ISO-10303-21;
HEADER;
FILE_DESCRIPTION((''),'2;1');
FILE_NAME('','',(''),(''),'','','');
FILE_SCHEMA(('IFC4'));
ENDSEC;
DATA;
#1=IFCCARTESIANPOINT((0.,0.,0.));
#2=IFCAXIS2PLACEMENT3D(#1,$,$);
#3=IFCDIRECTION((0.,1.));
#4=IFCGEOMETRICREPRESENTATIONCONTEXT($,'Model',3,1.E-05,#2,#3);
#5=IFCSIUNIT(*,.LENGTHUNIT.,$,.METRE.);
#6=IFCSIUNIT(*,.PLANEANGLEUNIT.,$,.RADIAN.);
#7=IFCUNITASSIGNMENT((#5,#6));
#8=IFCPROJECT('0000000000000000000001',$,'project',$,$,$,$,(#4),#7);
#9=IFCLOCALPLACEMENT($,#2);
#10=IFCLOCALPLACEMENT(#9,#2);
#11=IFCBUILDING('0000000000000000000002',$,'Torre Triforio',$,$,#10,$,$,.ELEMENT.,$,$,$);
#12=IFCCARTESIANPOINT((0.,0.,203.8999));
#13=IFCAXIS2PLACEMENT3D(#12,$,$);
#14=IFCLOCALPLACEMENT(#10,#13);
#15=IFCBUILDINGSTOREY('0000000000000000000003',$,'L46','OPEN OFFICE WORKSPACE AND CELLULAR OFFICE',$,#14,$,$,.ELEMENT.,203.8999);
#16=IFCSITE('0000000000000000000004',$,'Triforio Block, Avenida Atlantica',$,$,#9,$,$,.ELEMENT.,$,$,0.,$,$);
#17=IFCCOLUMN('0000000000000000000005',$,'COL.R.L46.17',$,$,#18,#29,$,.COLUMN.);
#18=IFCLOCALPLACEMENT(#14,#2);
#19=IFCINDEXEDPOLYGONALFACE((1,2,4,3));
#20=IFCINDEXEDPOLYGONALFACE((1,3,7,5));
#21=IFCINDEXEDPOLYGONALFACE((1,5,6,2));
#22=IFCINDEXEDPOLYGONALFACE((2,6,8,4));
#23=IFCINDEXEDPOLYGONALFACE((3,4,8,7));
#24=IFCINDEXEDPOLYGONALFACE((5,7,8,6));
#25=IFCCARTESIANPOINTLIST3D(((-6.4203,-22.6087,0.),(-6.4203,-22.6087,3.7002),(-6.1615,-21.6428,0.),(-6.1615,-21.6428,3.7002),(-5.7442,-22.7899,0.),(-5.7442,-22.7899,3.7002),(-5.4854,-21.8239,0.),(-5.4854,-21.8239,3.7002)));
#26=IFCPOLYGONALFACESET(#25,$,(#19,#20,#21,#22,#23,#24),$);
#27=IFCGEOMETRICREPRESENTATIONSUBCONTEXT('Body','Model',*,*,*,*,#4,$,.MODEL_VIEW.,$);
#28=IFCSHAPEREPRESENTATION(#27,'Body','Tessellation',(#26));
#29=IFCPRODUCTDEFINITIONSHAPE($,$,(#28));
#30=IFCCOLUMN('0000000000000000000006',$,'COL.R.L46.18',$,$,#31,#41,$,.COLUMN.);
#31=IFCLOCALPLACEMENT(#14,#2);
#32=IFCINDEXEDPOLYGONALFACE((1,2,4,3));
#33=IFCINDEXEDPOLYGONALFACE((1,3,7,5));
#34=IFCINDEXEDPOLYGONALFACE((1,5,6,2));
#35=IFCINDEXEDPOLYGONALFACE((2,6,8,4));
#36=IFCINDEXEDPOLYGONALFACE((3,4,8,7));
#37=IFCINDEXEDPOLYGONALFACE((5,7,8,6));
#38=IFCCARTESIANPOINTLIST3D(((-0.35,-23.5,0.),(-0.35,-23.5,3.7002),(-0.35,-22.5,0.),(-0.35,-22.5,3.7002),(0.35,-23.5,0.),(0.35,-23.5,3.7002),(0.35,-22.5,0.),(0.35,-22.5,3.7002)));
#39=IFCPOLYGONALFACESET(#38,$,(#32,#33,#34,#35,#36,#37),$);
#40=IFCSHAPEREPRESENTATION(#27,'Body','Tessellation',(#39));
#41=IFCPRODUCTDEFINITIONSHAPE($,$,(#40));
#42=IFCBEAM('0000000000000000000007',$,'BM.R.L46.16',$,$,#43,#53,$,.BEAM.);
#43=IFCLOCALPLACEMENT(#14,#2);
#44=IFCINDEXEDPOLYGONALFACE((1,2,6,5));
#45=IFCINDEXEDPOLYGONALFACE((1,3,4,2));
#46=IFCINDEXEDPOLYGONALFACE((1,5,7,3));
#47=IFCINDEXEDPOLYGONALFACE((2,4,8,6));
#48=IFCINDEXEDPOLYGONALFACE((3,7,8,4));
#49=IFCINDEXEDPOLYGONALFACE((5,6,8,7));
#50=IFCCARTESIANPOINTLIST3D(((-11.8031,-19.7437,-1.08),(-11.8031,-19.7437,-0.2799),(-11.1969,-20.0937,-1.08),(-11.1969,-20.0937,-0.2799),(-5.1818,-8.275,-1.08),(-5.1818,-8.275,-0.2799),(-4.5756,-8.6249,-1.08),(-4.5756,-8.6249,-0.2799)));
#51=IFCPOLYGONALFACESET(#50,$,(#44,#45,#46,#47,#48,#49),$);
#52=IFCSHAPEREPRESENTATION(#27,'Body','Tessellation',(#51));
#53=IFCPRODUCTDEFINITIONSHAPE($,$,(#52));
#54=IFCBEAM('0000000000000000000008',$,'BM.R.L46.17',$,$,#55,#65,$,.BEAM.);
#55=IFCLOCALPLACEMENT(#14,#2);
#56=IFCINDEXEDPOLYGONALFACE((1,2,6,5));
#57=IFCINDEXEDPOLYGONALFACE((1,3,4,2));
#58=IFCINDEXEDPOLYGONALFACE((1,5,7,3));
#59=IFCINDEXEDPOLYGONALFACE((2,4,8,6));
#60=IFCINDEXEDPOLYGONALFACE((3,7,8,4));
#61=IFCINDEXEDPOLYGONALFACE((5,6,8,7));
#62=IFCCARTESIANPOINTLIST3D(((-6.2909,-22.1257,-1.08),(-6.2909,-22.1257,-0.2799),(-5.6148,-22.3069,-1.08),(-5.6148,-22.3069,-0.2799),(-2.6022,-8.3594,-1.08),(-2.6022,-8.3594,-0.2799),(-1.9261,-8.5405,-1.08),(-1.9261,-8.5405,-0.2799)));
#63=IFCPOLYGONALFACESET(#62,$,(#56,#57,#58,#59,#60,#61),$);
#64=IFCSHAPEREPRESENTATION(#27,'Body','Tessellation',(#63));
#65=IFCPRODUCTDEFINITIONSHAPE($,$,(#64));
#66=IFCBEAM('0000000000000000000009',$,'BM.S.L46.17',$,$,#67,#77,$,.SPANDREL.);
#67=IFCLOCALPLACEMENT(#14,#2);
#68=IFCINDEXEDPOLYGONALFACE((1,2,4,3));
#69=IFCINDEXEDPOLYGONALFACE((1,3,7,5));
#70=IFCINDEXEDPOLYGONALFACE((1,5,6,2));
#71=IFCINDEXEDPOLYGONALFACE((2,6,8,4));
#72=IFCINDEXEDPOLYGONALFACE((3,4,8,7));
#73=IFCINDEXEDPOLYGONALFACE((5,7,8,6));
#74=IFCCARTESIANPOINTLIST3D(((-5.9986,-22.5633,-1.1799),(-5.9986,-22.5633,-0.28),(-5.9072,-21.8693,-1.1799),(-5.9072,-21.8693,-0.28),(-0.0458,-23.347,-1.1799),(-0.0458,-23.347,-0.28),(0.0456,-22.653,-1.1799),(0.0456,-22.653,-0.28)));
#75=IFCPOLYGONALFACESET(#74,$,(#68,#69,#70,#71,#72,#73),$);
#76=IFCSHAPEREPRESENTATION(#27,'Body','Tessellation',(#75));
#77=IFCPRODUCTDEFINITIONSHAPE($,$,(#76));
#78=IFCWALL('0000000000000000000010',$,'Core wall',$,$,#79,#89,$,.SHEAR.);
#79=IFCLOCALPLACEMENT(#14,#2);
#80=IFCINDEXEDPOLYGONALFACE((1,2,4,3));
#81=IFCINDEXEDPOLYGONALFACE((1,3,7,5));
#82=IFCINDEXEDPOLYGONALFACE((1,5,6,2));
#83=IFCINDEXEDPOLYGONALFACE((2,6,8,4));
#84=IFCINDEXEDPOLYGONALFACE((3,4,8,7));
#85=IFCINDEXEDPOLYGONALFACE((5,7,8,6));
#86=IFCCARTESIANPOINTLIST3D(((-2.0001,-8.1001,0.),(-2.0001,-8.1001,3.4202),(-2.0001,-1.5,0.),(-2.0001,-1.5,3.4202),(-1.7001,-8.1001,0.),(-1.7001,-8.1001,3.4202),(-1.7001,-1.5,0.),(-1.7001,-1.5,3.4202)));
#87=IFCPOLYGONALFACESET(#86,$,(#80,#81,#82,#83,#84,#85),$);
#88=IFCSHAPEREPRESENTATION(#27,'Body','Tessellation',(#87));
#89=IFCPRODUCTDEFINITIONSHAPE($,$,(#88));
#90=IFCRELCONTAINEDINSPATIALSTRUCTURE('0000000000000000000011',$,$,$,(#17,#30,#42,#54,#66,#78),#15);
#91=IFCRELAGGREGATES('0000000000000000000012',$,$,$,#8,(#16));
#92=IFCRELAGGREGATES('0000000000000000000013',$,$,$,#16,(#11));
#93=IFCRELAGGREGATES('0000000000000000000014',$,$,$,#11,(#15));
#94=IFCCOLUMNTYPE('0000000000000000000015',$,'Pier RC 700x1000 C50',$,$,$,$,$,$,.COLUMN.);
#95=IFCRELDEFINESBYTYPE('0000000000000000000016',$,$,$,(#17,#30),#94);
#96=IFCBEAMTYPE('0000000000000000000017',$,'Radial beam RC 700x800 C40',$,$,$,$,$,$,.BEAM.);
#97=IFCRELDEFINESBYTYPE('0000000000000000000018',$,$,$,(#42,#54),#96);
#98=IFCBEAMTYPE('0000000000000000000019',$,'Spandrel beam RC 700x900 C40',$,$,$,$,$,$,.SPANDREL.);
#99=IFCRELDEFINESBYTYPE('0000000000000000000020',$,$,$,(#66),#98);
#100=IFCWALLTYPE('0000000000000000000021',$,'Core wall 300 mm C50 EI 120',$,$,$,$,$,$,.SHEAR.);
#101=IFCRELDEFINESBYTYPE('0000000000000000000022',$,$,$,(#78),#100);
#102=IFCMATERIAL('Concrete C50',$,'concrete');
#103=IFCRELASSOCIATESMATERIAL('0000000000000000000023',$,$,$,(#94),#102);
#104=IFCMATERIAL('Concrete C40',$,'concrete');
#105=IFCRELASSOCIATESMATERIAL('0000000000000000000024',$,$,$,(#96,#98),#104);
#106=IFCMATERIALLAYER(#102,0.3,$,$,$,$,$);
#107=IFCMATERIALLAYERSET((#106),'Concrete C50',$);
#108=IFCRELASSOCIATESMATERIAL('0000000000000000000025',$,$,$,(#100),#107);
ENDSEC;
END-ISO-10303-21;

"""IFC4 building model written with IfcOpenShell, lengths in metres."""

from ifc_helpers import new_model, si_unit, direction, frame, frame_2d, origin, origin_2d, place, context, subcontext, project, spatial, rectangle, extrude, material, layer, layer_set, material_profile, profile_set, type_object, element, save


model = new_model("IFC4")

# Units and contexts
model_context = context("Model", 3, precision=1e-05, world=origin(), true_north=direction((0.0, 1.0)))
body_context = subcontext(model_context, "Body", "Model", "MODEL_VIEW")
ifc_project = project(units=[si_unit("LENGTHUNIT", "METRE"), si_unit("PLANEANGLEUNIT", "RADIAN")], contexts=[model_context])

# Site, building, storey
site_placement = place(None, origin())
site = spatial("IfcSite", under=ifc_project, at=site_placement, Name="Triforio Block, Avenida Atlantica", CompositionType="ELEMENT", RefElevation=0.0)
building_placement = place(site_placement, origin())
building = spatial("IfcBuilding", under=site, at=building_placement, Name="Torre Triforio", CompositionType="ELEMENT")
storey_placement = place(building_placement, frame((0.0, 0.0, 203.8999)))
storey = spatial("IfcBuildingStorey", under=building, at=storey_placement, Name="L46", Description="OPEN OFFICE WORKSPACE AND CELLULAR OFFICE", CompositionType="ELEMENT", Elevation=203.8999)

# Columns
ifc_material_1 = material(Name="Concrete C50", Category="concrete")
ifc_material_profile_1 = material_profile(ifc_material_1, rectangle(XDim=0.7, YDim=1.0, at=origin_2d()), Name="RC 700x1000")
ifc_profile_set_1 = profile_set([ifc_material_profile_1], Name="Concrete C50")
column_type = type_object("IfcColumnType", Name="Pier RC 700x1000 C50", PredefinedType="COLUMN", material=ifc_profile_set_1)
for number, where, z_axis, x_axis, name in (
    (1, (-5.9529, -22.2163, 0.0), (0.0, 0.0, 1.0), (0.965926, -0.258819, 0.0), "COL.R.L46.17"),
    (2, (0.0, -23.0, 0.0), (0.0, 0.0, 1.0), (1.0, 0.0, 0.0), "COL.R.L46.18"),
):
    element("IfcColumn", number, at=place(storey_placement, frame(where, z_axis=z_axis, x_axis=x_axis)), inside=storey, type_object=column_type, Name=name, PredefinedType="COLUMN", context=body_context, shape_type="SweptSolid", body=[
        extrude(rectangle(XDim=0.7, YDim=1.0, at=origin_2d()), origin(), (0.0, 0.0, 1.0), 3.7002),
    ])

# Beams
ifc_material_2 = material(Name="Concrete C40", Category="concrete")
ifc_material_profile_2 = material_profile(ifc_material_2, rectangle(XDim=0.7, YDim=0.8, at=origin_2d()), Name="RC 700x800")
ifc_profile_set_2 = profile_set([ifc_material_profile_2], Name="Concrete C40")
beam_type_1 = type_object("IfcBeamType", Name="Radial beam RC 700x800 C40", PredefinedType="BEAM", material=ifc_profile_set_2)
beam_1_placement = place(storey_placement, frame((-4.8787, -8.45, -0.6799), z_axis=(-0.499992, -0.86603, 0.0), x_axis=(0.86603, -0.499992, 0.0)))
element("IfcBeam", 3, at=beam_1_placement, inside=storey, type_object=beam_type_1, Name="BM.R.L46.16", PredefinedType="BEAM", context=body_context, shape_type="SweptSolid", body=[
    extrude(rectangle(XDim=0.7, YDim=0.8, at=origin_2d()), origin(), (0.0, 0.0, 1.0), 13.2429),
])
beam_2_placement = place(storey_placement, frame((-2.2642, -8.45, -0.6799), z_axis=(-0.258821, -0.965925, 0.0), x_axis=(0.965925, -0.258821, 0.0)))
element("IfcBeam", 4, at=beam_2_placement, inside=storey, type_object=beam_type_1, Name="BM.R.L46.17", PredefinedType="BEAM", context=body_context, shape_type="SweptSolid", body=[
    extrude(rectangle(XDim=0.7, YDim=0.8, at=origin_2d()), origin(), (0.0, 0.0, 1.0), 14.252),
])
ifc_material_profile_3 = material_profile(ifc_material_2, rectangle(XDim=0.7, YDim=0.8999, at=origin_2d()), Name="RC 700x900")
ifc_profile_set_3 = profile_set([ifc_material_profile_3], Name="Concrete C40")
beam_type_2 = type_object("IfcBeamType", Name="Spandrel beam RC 700x900 C40", PredefinedType="SPANDREL", material=ifc_profile_set_3)
beam_3_placement = place(storey_placement, frame((-5.9529, -22.2163, -0.73), z_axis=(0.991445, -0.130523, 0.0), x_axis=(0.130523, 0.991445, 0.0)))
element("IfcBeam", 5, at=beam_3_placement, inside=storey, type_object=beam_type_2, Name="BM.S.L46.17", PredefinedType="SPANDREL", context=body_context, shape_type="SweptSolid", body=[
    extrude(rectangle(XDim=0.7, YDim=0.8999, at=origin_2d()), origin(), (0.0, 0.0, 1.0), 6.0042),
])

# Wall
ifc_layer_1 = layer(ifc_material_1, 0.3)
ifc_layer_set_1 = layer_set([ifc_layer_1], Name="Concrete C50")
wall_type_1 = type_object("IfcWallType", Name="Core wall 300 mm C50 EI 120", PredefinedType="SHEAR", material=ifc_layer_set_1)
wall_1_placement = place(storey_placement, frame((-1.8501, -8.1001, 0.0), z_axis=(0.0, 0.0, 1.0), x_axis=(0.0, 1.0, 0.0)))
element("IfcWall", 6, at=wall_1_placement, inside=storey, type_object=wall_type_1, Name="Core wall", PredefinedType="SHEAR", context=body_context, shape_type="SweptSolid", body=[
    extrude(rectangle(XDim=6.6001, YDim=0.3, at=frame_2d((3.3, 0.0))), origin(), (0.0, 0.0, 1.0), 3.4202),
])

save(model, "model.ifc")
